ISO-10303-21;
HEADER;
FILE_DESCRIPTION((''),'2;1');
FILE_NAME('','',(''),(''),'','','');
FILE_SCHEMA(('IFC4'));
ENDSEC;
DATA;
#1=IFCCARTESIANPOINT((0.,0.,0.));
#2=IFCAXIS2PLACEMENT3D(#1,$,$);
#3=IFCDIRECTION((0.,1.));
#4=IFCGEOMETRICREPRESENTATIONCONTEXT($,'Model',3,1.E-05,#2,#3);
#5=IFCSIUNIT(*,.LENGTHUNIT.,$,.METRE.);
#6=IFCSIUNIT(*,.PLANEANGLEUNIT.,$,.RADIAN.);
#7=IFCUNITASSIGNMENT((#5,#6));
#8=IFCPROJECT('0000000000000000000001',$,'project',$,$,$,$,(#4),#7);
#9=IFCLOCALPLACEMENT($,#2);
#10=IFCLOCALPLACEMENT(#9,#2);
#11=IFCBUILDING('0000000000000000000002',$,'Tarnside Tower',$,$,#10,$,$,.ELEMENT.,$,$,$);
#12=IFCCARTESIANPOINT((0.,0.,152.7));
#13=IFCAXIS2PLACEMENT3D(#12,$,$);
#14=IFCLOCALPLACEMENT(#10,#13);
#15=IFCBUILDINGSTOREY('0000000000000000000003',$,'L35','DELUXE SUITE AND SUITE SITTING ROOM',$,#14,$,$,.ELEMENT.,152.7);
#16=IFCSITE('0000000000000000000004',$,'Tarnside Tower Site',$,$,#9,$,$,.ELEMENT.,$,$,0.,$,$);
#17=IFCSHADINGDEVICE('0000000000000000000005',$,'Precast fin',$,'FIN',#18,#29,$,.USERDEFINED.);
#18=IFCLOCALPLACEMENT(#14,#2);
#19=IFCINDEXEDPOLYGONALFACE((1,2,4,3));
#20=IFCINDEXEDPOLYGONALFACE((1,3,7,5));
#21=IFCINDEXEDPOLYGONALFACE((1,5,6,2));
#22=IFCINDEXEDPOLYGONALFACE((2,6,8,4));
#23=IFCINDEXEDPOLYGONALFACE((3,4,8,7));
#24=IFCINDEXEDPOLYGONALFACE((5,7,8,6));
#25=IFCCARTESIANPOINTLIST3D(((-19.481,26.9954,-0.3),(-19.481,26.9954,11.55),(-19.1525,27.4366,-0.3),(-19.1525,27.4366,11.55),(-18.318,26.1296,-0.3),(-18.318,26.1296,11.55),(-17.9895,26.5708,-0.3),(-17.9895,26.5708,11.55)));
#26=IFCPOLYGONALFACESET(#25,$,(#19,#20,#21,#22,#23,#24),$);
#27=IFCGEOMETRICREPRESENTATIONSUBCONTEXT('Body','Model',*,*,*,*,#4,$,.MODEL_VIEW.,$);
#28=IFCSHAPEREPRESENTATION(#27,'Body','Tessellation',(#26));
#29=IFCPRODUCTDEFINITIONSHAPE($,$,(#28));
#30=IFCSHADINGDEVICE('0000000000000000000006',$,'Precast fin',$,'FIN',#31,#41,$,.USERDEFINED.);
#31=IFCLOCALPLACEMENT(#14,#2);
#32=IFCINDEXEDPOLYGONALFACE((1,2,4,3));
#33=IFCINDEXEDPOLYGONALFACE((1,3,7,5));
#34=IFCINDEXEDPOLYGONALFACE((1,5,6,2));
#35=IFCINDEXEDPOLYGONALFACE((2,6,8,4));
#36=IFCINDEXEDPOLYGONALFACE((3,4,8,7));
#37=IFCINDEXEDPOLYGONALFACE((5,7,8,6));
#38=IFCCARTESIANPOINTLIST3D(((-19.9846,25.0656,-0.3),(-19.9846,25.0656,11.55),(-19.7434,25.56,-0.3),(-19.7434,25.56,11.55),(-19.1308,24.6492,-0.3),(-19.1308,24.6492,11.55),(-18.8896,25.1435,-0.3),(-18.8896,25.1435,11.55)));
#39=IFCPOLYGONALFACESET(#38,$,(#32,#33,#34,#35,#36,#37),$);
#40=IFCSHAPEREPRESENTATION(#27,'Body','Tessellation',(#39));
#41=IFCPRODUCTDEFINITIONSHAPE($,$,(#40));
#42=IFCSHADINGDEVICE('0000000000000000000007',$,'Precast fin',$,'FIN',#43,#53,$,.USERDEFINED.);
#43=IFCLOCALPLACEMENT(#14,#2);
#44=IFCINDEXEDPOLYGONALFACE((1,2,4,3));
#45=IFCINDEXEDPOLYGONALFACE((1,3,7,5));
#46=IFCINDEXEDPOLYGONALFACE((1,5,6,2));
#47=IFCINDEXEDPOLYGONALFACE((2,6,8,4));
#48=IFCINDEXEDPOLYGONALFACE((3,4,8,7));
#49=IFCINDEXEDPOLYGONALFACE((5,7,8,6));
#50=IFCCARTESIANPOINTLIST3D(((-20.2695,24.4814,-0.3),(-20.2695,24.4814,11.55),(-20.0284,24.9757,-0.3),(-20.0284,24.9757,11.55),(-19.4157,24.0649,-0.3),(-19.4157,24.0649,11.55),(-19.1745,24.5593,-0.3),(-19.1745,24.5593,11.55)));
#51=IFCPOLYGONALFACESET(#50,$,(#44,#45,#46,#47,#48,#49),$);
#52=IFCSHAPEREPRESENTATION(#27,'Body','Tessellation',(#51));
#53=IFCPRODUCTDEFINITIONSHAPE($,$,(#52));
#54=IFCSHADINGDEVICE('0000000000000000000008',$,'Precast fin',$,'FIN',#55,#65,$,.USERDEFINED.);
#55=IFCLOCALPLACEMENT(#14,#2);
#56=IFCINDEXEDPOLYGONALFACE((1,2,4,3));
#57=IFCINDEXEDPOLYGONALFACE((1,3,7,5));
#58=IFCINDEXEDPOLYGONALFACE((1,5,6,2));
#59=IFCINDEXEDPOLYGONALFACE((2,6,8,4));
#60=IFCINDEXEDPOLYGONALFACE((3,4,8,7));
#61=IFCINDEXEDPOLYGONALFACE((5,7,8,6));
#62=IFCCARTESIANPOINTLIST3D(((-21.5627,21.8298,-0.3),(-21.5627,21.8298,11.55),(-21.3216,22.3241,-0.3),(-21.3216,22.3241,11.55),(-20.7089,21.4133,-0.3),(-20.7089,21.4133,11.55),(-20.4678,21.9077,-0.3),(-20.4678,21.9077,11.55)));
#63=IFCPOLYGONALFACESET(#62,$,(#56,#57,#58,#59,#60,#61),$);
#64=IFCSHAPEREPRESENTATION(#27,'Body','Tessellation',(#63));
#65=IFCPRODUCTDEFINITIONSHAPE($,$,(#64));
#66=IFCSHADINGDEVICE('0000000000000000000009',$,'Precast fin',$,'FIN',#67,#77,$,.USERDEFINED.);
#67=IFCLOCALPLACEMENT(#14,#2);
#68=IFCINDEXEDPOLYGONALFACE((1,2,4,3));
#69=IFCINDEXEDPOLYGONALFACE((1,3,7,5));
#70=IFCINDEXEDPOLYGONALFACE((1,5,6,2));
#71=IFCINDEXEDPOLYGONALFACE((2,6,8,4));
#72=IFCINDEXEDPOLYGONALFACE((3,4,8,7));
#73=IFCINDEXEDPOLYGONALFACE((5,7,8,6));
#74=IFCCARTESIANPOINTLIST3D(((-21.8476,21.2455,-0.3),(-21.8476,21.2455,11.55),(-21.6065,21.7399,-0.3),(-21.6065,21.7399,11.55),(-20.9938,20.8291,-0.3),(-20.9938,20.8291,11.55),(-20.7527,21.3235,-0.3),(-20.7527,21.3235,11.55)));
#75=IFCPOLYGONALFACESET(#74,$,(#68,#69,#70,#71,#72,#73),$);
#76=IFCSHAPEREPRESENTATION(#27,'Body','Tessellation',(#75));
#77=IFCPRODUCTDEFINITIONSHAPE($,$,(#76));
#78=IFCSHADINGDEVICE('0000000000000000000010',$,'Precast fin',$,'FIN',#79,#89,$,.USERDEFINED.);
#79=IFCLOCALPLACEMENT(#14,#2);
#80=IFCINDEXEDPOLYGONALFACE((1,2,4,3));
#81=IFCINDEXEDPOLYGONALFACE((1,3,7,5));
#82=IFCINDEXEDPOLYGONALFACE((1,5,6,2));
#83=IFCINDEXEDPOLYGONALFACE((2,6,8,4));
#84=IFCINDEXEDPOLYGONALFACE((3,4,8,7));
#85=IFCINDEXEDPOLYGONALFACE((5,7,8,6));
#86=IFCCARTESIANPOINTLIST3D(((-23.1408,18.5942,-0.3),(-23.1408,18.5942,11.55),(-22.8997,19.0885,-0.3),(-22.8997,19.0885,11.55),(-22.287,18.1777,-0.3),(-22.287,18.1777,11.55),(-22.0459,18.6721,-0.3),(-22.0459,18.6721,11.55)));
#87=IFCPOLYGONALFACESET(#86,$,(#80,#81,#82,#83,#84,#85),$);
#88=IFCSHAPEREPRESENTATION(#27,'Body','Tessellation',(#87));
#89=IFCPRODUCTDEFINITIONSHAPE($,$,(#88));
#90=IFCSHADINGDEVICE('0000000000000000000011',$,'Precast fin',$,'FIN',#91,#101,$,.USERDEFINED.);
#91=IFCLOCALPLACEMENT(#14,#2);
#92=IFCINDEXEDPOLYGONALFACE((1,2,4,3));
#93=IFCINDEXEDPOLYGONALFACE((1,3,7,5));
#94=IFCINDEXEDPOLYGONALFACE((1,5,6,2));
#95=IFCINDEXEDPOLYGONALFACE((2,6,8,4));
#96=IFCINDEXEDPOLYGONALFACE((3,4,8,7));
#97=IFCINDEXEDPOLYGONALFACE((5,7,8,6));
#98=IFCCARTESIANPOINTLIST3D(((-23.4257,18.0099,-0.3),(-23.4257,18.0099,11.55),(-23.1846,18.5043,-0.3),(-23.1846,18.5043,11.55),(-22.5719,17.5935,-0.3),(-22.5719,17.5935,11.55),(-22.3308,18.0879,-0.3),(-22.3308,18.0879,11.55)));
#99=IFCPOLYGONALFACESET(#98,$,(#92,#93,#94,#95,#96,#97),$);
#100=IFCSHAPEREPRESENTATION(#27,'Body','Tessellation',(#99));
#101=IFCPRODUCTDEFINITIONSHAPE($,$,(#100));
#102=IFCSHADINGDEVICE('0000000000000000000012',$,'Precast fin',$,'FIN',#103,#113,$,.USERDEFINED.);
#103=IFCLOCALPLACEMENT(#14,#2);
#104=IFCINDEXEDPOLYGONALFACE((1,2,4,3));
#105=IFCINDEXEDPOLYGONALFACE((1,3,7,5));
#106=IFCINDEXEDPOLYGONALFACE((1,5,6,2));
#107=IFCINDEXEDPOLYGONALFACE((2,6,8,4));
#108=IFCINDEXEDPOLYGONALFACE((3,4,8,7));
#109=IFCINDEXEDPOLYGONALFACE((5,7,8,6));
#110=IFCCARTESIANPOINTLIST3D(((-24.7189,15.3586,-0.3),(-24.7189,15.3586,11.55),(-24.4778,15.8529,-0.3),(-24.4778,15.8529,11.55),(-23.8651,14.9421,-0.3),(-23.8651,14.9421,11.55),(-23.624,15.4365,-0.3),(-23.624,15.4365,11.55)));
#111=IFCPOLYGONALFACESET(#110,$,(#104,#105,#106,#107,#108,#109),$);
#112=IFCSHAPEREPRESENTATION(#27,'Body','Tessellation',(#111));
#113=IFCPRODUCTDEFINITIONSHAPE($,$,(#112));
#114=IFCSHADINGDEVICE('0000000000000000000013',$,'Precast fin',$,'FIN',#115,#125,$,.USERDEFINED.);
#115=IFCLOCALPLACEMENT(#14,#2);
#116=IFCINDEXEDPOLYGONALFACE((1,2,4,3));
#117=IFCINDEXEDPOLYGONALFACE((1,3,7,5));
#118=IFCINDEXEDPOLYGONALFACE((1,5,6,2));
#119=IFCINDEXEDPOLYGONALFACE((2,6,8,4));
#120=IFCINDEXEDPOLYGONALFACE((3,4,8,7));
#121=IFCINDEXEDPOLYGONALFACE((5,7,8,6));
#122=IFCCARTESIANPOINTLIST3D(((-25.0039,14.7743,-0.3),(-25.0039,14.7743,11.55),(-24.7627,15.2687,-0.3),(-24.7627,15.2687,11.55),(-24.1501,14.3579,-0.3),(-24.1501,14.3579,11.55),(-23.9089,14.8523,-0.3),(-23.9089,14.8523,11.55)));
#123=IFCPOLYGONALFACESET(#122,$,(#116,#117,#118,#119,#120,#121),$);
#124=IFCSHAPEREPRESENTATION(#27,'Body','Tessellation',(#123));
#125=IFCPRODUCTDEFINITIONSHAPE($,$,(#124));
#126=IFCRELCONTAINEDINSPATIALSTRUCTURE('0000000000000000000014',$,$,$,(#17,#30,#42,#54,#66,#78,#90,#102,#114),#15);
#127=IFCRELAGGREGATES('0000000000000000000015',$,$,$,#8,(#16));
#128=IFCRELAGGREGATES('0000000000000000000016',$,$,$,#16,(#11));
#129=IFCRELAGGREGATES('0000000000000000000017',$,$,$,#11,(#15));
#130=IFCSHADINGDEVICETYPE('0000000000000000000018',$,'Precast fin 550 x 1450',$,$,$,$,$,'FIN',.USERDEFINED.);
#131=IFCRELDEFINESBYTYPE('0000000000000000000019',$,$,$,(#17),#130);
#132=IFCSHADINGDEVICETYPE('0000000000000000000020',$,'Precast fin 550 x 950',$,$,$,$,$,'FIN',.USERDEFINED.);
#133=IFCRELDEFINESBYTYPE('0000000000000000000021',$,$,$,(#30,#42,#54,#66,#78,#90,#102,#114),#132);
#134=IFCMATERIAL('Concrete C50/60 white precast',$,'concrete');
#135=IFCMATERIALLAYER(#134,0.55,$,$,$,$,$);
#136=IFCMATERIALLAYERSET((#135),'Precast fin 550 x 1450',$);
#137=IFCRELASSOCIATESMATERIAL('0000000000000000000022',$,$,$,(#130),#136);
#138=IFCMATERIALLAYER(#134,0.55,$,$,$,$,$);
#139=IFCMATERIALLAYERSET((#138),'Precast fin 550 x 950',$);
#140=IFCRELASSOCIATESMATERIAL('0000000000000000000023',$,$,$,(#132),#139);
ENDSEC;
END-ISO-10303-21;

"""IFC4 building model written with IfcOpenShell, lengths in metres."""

from ifc_helpers import new_model, si_unit, direction, frame, origin, place, context, subcontext, project, spatial, polyline, outline, extrude, material, layer, layer_set, type_object, element, save


model = new_model("IFC4")

# Units and contexts
model_context = context("Model", 3, precision=1e-05, world=origin(), true_north=direction((0.0, 1.0)))
body_context = subcontext(model_context, "Body", "Model", "MODEL_VIEW")
ifc_project = project(units=[si_unit("LENGTHUNIT", "METRE"), si_unit("PLANEANGLEUNIT", "RADIAN")], contexts=[model_context])

# Site, building, storey
site_placement = place(None, origin())
site = spatial("IfcSite", under=ifc_project, at=site_placement, Name="Tarnside Tower Site", CompositionType="ELEMENT", RefElevation=0.0)
building_placement = place(site_placement, origin())
building = spatial("IfcBuilding", under=site, at=building_placement, Name="Tarnside Tower", CompositionType="ELEMENT")
storey_placement = place(building_placement, frame((0.0, 0.0, 152.7)))
storey = spatial("IfcBuildingStorey", under=building, at=storey_placement, Name="L35", Description="DELUXE SUITE AND SUITE SITTING ROOM", CompositionType="ELEMENT", Elevation=152.7)

# Shading devices
ifc_material_1 = material(Name="Concrete C50/60 white precast", Category="concrete")
ifc_layer_1 = layer(ifc_material_1, 0.55)
ifc_layer_set_1 = layer_set([ifc_layer_1], Name="Precast fin 550 x 1450")
shading_device_type_1 = type_object("IfcShadingDeviceType", Name="Precast fin 550 x 1450", ElementType="FIN", PredefinedType="USERDEFINED", material=ifc_layer_set_1)
for number, where, z_axis, x_axis, name in (
    (1, (-18.1538, 26.3501, -0.3), (0.597159, 0.802123, 0.0), (-0.802123, 0.597159, 0.0), "Precast fin"),
):
    element("IfcShadingDevice", number, at=place(storey_placement, frame(where, z_axis=z_axis, x_axis=x_axis)), inside=storey, type_object=shading_device_type_1, Name=name, ObjectType="FIN", PredefinedType="USERDEFINED", context=body_context, shape_type="SweptSolid", body=[
        extrude(outline(polyline([(0.0, 0.0), (1.45, 0.0), (1.45, 11.8501), (0.0, 11.8501), (0.0, 0.0)])), frame((0.0, 0.0, -0.2749)), (0.0, 0.0, 1.0), 0.55),
    ])
ifc_layer_2 = layer(ifc_material_1, 0.55)
ifc_layer_set_2 = layer_set([ifc_layer_2], Name="Precast fin 550 x 950")
shading_device_type_2 = type_object("IfcShadingDeviceType", Name="Precast fin 550 x 950", ElementType="FIN", PredefinedType="USERDEFINED", material=ifc_layer_set_2)
for number, where, z_axis, x_axis, name in (
    (2, (-19.0103, 24.8962, -0.3), (0.438371, 0.898794, 0.0), (-0.898794, 0.438371, 0.0), "Precast fin"),
    (3, (-19.2952, 24.312, -0.3), (0.438371, 0.898794, 0.0), (-0.898794, 0.438371, 0.0), "Precast fin"),
    (4, (-20.5884, 21.6604, -0.3), (0.438371, 0.898794, 0.0), (-0.898794, 0.438371, 0.0), "Precast fin"),
    (5, (-20.8733, 21.0762, -0.3), (0.438371, 0.898794, 0.0), (-0.898794, 0.438371, 0.0), "Precast fin"),
    (6, (-22.1665, 18.4248, -0.3), (0.438371, 0.898794, 0.0), (-0.898794, 0.438371, 0.0), "Precast fin"),
    (7, (-22.4514, 17.8406, -0.3), (0.438371, 0.898794, 0.0), (-0.898794, 0.438371, 0.0), "Precast fin"),
    (8, (-23.7446, 15.1892, -0.3), (0.438371, 0.898794, 0.0), (-0.898794, 0.438371, 0.0), "Precast fin"),
    (9, (-24.0295, 14.605, -0.3), (0.438371, 0.898794, 0.0), (-0.898794, 0.438371, 0.0), "Precast fin"),
):
    element("IfcShadingDevice", number, at=place(storey_placement, frame(where, z_axis=z_axis, x_axis=x_axis)), inside=storey, type_object=shading_device_type_2, Name=name, ObjectType="FIN", PredefinedType="USERDEFINED", context=body_context, shape_type="SweptSolid", body=[
        extrude(outline(polyline([(0.0, 0.0), (0.95, 0.0), (0.95, 11.8501), (0.0, 11.8501), (0.0, 0.0)])), frame((0.0, 0.0, -0.2749)), (0.0, 0.0, 1.0), 0.55),
    ])

save(model, "model.ifc")
